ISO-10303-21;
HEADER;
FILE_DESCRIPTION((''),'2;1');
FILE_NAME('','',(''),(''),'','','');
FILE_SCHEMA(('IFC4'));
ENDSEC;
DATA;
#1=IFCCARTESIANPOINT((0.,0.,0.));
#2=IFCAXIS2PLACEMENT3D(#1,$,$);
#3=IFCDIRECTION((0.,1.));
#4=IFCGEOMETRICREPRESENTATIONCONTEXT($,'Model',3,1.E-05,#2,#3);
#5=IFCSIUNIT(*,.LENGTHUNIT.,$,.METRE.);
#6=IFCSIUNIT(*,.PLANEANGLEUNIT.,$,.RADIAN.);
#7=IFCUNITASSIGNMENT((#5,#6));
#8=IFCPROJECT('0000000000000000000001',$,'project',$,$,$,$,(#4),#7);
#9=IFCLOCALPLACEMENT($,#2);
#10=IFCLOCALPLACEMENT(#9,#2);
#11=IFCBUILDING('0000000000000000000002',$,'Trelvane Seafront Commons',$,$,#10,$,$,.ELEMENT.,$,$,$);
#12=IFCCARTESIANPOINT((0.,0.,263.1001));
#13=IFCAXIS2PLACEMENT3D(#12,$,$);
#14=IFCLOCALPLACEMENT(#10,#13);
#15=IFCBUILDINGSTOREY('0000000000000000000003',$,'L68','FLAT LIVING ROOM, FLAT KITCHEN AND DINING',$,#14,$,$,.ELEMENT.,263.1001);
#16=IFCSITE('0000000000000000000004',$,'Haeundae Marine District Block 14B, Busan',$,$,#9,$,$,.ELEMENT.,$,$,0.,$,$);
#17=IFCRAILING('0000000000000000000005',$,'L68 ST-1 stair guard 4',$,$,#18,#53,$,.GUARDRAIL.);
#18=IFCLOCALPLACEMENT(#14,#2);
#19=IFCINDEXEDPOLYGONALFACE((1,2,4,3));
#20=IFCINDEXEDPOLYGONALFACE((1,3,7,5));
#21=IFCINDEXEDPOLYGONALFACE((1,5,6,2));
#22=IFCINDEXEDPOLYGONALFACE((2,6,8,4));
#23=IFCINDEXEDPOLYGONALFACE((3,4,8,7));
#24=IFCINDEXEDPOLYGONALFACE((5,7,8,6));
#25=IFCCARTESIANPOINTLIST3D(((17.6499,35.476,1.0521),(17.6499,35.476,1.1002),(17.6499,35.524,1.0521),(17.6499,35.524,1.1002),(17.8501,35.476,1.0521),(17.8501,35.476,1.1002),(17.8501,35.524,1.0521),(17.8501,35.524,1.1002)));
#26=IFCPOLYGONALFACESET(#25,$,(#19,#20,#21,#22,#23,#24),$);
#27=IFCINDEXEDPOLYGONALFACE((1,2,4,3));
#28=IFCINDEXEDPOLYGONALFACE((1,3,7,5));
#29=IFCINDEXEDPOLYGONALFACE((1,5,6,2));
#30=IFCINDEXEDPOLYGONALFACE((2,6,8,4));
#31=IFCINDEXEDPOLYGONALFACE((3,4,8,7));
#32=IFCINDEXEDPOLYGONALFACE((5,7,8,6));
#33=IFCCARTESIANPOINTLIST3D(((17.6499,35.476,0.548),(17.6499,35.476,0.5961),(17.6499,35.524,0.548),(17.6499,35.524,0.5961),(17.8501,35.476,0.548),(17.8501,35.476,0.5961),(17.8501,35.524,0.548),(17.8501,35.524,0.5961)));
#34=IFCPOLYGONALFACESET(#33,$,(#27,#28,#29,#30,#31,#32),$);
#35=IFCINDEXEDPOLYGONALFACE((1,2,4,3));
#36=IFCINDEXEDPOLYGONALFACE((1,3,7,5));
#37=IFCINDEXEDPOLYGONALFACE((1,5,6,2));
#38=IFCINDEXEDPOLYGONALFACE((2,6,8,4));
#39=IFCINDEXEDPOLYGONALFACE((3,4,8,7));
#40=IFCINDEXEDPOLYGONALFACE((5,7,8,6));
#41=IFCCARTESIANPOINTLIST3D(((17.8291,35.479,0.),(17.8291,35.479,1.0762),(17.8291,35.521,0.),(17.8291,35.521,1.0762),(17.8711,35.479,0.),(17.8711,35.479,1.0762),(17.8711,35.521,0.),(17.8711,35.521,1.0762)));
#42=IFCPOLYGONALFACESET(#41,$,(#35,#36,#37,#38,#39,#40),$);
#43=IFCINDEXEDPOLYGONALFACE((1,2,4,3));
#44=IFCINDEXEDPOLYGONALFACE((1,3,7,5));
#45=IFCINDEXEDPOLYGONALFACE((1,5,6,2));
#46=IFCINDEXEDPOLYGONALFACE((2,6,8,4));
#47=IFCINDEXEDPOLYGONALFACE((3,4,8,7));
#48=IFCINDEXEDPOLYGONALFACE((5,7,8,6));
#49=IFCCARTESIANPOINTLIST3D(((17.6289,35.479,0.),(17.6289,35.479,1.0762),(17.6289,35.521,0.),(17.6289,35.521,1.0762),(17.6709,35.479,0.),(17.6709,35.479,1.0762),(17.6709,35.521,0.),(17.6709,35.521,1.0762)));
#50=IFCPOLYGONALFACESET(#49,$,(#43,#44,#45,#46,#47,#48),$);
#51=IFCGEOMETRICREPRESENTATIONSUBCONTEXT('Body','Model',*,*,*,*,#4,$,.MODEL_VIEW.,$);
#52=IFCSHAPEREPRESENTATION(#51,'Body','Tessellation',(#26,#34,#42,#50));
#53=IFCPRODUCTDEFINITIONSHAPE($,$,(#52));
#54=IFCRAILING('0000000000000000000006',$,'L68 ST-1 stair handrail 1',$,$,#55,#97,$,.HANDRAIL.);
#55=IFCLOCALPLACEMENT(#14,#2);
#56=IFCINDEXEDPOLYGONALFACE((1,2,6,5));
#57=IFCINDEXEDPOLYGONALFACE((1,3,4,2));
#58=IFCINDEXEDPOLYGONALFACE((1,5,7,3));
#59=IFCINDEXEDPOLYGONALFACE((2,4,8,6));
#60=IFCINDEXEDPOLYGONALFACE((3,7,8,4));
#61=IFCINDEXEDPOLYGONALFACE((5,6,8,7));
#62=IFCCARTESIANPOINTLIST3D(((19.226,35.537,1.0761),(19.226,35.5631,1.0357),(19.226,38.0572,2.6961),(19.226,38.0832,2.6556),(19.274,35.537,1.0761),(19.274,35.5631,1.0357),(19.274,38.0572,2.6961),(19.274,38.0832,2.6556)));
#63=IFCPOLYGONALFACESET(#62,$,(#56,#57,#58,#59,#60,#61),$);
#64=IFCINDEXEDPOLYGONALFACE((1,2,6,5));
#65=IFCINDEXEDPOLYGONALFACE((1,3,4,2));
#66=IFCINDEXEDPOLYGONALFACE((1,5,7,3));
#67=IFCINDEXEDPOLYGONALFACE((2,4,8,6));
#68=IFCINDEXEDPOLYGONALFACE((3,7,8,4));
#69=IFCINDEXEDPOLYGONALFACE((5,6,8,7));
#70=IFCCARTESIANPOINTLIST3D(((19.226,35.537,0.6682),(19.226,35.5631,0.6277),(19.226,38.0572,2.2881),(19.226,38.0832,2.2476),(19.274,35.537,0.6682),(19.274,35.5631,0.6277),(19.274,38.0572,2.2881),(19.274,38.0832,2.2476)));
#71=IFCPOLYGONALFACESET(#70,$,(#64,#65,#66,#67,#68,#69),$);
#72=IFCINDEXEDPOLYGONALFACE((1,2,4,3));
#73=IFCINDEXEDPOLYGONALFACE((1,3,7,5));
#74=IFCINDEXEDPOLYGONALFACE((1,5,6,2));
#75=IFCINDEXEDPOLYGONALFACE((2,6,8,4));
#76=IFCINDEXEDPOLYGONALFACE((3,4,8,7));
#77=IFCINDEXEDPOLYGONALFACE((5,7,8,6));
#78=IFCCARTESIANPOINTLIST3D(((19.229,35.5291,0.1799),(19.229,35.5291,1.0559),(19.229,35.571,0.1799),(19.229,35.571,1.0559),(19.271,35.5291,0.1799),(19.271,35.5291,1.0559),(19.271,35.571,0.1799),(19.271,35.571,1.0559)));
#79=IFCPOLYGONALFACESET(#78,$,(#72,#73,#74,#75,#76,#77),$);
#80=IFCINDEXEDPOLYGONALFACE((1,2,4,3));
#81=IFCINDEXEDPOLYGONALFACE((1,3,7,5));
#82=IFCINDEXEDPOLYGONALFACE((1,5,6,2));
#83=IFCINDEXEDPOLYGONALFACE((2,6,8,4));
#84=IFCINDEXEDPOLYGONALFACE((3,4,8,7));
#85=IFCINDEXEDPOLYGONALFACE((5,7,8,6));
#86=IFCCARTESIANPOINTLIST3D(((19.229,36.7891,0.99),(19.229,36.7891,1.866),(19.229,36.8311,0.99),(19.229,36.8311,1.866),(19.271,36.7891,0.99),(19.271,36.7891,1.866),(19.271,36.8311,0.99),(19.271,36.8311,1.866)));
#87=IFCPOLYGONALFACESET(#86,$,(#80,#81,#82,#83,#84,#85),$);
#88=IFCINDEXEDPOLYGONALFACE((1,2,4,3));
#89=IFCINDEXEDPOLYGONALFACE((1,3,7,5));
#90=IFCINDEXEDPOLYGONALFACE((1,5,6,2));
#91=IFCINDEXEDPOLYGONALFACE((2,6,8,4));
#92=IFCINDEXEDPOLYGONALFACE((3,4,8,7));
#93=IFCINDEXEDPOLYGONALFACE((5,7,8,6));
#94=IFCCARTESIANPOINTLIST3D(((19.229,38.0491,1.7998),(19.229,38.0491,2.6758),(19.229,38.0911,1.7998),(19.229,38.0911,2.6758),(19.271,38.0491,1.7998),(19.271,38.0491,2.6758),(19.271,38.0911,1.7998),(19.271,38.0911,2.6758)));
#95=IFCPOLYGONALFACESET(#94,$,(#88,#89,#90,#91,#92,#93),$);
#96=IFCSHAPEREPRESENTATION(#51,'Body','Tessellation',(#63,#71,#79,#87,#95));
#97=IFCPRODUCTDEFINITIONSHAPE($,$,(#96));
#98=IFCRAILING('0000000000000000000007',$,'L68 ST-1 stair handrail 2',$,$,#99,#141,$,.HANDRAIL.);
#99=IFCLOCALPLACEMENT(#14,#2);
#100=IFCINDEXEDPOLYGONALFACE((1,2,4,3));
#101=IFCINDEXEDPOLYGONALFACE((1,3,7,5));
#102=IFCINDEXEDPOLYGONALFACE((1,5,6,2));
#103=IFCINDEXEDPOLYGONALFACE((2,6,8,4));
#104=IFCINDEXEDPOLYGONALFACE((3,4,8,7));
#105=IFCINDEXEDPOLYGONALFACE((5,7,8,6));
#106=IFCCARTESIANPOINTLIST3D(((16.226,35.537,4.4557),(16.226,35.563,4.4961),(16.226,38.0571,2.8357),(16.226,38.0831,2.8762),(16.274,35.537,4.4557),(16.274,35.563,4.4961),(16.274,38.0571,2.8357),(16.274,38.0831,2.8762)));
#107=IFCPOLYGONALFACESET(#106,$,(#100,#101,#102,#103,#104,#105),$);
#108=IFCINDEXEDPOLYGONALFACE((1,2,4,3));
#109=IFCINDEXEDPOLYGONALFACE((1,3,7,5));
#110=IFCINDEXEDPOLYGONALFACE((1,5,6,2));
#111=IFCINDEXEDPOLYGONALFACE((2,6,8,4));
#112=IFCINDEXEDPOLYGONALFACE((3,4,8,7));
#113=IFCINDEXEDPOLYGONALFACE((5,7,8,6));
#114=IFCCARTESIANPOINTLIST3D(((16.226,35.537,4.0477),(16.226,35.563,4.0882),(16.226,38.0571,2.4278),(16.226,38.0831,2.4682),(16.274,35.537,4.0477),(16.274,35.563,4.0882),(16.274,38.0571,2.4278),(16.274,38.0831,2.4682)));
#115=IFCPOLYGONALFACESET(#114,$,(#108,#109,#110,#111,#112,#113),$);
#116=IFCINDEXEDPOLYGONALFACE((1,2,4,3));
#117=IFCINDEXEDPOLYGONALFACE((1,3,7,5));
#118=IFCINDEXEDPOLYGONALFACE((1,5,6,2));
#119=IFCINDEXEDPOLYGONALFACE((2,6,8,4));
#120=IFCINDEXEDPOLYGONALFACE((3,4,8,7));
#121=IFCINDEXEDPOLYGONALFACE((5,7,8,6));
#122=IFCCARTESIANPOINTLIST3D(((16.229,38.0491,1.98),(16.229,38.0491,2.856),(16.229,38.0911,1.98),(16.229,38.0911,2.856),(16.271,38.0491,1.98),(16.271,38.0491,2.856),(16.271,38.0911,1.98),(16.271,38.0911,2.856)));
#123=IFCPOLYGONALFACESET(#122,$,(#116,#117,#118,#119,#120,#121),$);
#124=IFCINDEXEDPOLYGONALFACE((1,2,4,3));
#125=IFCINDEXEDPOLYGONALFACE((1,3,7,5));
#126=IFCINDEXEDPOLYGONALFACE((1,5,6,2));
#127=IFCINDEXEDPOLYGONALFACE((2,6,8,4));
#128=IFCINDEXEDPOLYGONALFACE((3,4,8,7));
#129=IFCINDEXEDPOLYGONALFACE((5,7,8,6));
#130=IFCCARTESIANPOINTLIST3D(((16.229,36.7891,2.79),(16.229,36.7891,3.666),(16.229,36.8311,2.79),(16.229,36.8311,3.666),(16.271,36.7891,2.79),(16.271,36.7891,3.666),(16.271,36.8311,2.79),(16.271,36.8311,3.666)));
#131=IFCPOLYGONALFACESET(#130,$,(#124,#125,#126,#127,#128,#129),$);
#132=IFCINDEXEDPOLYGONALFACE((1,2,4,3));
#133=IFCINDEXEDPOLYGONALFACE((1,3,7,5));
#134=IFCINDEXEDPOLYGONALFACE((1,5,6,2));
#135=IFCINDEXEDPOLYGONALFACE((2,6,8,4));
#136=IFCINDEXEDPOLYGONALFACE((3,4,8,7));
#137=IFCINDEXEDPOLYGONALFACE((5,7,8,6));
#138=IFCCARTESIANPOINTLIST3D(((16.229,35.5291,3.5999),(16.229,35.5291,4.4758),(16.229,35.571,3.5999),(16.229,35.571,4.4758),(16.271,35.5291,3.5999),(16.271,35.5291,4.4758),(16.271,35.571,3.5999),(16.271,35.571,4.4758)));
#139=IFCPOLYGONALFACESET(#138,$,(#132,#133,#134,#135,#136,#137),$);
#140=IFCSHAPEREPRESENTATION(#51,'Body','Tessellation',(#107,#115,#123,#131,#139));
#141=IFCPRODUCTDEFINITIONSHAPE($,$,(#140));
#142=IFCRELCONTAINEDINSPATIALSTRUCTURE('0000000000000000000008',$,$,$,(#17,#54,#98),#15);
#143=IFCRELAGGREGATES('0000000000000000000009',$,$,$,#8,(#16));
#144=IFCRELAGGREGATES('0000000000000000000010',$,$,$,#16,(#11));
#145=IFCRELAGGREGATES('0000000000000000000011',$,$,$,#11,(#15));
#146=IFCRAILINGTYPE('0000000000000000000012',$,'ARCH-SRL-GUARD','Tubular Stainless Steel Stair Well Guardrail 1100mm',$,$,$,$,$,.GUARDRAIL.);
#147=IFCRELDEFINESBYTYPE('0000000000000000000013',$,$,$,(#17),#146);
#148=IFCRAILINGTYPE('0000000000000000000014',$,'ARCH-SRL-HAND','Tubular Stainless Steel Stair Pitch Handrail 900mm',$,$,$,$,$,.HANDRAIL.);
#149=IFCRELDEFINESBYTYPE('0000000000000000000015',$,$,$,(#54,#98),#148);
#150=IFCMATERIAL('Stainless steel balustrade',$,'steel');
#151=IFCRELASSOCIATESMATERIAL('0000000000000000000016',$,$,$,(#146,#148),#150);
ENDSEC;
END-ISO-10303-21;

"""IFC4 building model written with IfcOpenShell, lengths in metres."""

from ifc_helpers import new_model, si_unit, direction, frame, origin, origin_2d, place, context, subcontext, project, spatial, rectangle, extrude, material, type_object, element, save


model = new_model("IFC4")

# Units and contexts
model_context = context("Model", 3, precision=1e-05, world=origin(), true_north=direction((0.0, 1.0)))
body_context = subcontext(model_context, "Body", "Model", "MODEL_VIEW")
ifc_project = project(units=[si_unit("LENGTHUNIT", "METRE"), si_unit("PLANEANGLEUNIT", "RADIAN")], contexts=[model_context])

# Site, building, storey
site_placement = place(None, origin())
site = spatial("IfcSite", under=ifc_project, at=site_placement, Name="Haeundae Marine District Block 14B, Busan", CompositionType="ELEMENT", RefElevation=0.0)
building_placement = place(site_placement, origin())
building = spatial("IfcBuilding", under=site, at=building_placement, Name="Trelvane Seafront Commons", CompositionType="ELEMENT")
storey_placement = place(building_placement, frame((0.0, 0.0, 263.1001)))
storey = spatial("IfcBuildingStorey", under=building, at=storey_placement, Name="L68", Description="FLAT LIVING ROOM, FLAT KITCHEN AND DINING", CompositionType="ELEMENT", Elevation=263.1001)

# Shared definitions
ifc_material_1 = material(Name="Stainless steel balustrade", Category="steel")

# Railings
railing_type_1 = type_object("IfcRailingType", Name="ARCH-SRL-GUARD", Description="Tubular Stainless Steel Stair Well Guardrail 1100mm", PredefinedType="GUARDRAIL", material=ifc_material_1)
railing_1_placement = place(storey_placement, frame((17.8501, 35.5, 0.0)))
element("IfcRailing", 1, at=railing_1_placement, inside=storey, type_object=railing_type_1, Name="L68 ST-1 stair guard 4", PredefinedType="GUARDRAIL", context=body_context, shape_type="SweptSolid", body=[
    extrude(rectangle(XDim=0.0481, YDim=0.0481, at=origin_2d()), frame((0.0, 0.0, 1.0762), z_axis=(-1.0, 0.0, 0.0), x_axis=(0.0, -1.0, 0.0)), (0.0, 0.0, 1.0), 0.2002),
    extrude(rectangle(XDim=0.0481, YDim=0.0481, at=origin_2d()), frame((0.0, 0.0, 0.572), z_axis=(-1.0, 0.0, 0.0), x_axis=(0.0, -1.0, 0.0)), (0.0, 0.0, 1.0), 0.2002),
    extrude(rectangle(XDim=0.042, YDim=0.042, at=origin_2d()), origin(), (0.0, 0.0, 1.0), 1.0762),
    extrude(rectangle(XDim=0.042, YDim=0.042, at=origin_2d()), frame((-0.2002, 0.0, 0.0)), (0.0, 0.0, 1.0), 1.0762),
])
railing_type_2 = type_object("IfcRailingType", Name="ARCH-SRL-HAND", Description="Tubular Stainless Steel Stair Pitch Handrail 900mm", PredefinedType="HANDRAIL", material=ifc_material_1)
railing_2_placement = place(storey_placement, frame((19.25, 35.55, 0.1799)))
element("IfcRailing", 2, at=railing_2_placement, inside=storey, type_object=railing_type_2, Name="L68 ST-1 stair handrail 1", PredefinedType="HANDRAIL", context=body_context, shape_type="SweptSolid", body=[
    extrude(rectangle(XDim=0.0481, YDim=0.0481, at=origin_2d()), frame((0.0, 0.0, 0.876), z_axis=(0.0, 0.8412, 0.540725), x_axis=(-1.0, 0.0, 0.0)), (0.0, 0.0, 1.0), 2.9958),
    extrude(rectangle(XDim=0.0481, YDim=0.0481, at=origin_2d()), frame((0.0, 0.0, 0.468), z_axis=(0.0, 0.8412, 0.540725), x_axis=(-1.0, 0.0, 0.0)), (0.0, 0.0, 1.0), 2.9958),
    extrude(rectangle(XDim=0.042, YDim=0.042, at=origin_2d()), origin(), (0.0, 0.0, 1.0), 0.876),
    extrude(rectangle(XDim=0.042, YDim=0.042, at=origin_2d()), frame((0.0, 1.26, 0.8101)), (0.0, 0.0, 1.0), 0.876),
    extrude(rectangle(XDim=0.042, YDim=0.042, at=origin_2d()), frame((0.0, 2.52, 1.6199)), (0.0, 0.0, 1.0), 0.876),
])
railing_3_placement = place(storey_placement, frame((16.25, 38.0701, 1.98)))
element("IfcRailing", 3, at=railing_3_placement, inside=storey, type_object=railing_type_2, Name="L68 ST-1 stair handrail 2", PredefinedType="HANDRAIL", context=body_context, shape_type="SweptSolid", body=[
    extrude(rectangle(XDim=0.0481, YDim=0.0481, at=origin_2d()), frame((0.0, 0.0, 0.876), z_axis=(0.0, -0.8412, 0.540725), x_axis=(1.0, 0.0, 0.0)), (0.0, 0.0, 1.0), 2.9958),
    extrude(rectangle(XDim=0.0481, YDim=0.0481, at=origin_2d()), frame((0.0, 0.0, 0.468), z_axis=(0.0, -0.8412, 0.540725), x_axis=(1.0, 0.0, 0.0)), (0.0, 0.0, 1.0), 2.9958),
    extrude(rectangle(XDim=0.042, YDim=0.042, at=origin_2d()), origin(), (0.0, 0.0, 1.0), 0.876),
    extrude(rectangle(XDim=0.042, YDim=0.042, at=origin_2d()), frame((0.0, -1.26, 0.8101)), (0.0, 0.0, 1.0), 0.876),
    extrude(rectangle(XDim=0.042, YDim=0.042, at=origin_2d()), frame((0.0, -2.52, 1.6199)), (0.0, 0.0, 1.0), 0.876),
])

save(model, "model.ifc")
